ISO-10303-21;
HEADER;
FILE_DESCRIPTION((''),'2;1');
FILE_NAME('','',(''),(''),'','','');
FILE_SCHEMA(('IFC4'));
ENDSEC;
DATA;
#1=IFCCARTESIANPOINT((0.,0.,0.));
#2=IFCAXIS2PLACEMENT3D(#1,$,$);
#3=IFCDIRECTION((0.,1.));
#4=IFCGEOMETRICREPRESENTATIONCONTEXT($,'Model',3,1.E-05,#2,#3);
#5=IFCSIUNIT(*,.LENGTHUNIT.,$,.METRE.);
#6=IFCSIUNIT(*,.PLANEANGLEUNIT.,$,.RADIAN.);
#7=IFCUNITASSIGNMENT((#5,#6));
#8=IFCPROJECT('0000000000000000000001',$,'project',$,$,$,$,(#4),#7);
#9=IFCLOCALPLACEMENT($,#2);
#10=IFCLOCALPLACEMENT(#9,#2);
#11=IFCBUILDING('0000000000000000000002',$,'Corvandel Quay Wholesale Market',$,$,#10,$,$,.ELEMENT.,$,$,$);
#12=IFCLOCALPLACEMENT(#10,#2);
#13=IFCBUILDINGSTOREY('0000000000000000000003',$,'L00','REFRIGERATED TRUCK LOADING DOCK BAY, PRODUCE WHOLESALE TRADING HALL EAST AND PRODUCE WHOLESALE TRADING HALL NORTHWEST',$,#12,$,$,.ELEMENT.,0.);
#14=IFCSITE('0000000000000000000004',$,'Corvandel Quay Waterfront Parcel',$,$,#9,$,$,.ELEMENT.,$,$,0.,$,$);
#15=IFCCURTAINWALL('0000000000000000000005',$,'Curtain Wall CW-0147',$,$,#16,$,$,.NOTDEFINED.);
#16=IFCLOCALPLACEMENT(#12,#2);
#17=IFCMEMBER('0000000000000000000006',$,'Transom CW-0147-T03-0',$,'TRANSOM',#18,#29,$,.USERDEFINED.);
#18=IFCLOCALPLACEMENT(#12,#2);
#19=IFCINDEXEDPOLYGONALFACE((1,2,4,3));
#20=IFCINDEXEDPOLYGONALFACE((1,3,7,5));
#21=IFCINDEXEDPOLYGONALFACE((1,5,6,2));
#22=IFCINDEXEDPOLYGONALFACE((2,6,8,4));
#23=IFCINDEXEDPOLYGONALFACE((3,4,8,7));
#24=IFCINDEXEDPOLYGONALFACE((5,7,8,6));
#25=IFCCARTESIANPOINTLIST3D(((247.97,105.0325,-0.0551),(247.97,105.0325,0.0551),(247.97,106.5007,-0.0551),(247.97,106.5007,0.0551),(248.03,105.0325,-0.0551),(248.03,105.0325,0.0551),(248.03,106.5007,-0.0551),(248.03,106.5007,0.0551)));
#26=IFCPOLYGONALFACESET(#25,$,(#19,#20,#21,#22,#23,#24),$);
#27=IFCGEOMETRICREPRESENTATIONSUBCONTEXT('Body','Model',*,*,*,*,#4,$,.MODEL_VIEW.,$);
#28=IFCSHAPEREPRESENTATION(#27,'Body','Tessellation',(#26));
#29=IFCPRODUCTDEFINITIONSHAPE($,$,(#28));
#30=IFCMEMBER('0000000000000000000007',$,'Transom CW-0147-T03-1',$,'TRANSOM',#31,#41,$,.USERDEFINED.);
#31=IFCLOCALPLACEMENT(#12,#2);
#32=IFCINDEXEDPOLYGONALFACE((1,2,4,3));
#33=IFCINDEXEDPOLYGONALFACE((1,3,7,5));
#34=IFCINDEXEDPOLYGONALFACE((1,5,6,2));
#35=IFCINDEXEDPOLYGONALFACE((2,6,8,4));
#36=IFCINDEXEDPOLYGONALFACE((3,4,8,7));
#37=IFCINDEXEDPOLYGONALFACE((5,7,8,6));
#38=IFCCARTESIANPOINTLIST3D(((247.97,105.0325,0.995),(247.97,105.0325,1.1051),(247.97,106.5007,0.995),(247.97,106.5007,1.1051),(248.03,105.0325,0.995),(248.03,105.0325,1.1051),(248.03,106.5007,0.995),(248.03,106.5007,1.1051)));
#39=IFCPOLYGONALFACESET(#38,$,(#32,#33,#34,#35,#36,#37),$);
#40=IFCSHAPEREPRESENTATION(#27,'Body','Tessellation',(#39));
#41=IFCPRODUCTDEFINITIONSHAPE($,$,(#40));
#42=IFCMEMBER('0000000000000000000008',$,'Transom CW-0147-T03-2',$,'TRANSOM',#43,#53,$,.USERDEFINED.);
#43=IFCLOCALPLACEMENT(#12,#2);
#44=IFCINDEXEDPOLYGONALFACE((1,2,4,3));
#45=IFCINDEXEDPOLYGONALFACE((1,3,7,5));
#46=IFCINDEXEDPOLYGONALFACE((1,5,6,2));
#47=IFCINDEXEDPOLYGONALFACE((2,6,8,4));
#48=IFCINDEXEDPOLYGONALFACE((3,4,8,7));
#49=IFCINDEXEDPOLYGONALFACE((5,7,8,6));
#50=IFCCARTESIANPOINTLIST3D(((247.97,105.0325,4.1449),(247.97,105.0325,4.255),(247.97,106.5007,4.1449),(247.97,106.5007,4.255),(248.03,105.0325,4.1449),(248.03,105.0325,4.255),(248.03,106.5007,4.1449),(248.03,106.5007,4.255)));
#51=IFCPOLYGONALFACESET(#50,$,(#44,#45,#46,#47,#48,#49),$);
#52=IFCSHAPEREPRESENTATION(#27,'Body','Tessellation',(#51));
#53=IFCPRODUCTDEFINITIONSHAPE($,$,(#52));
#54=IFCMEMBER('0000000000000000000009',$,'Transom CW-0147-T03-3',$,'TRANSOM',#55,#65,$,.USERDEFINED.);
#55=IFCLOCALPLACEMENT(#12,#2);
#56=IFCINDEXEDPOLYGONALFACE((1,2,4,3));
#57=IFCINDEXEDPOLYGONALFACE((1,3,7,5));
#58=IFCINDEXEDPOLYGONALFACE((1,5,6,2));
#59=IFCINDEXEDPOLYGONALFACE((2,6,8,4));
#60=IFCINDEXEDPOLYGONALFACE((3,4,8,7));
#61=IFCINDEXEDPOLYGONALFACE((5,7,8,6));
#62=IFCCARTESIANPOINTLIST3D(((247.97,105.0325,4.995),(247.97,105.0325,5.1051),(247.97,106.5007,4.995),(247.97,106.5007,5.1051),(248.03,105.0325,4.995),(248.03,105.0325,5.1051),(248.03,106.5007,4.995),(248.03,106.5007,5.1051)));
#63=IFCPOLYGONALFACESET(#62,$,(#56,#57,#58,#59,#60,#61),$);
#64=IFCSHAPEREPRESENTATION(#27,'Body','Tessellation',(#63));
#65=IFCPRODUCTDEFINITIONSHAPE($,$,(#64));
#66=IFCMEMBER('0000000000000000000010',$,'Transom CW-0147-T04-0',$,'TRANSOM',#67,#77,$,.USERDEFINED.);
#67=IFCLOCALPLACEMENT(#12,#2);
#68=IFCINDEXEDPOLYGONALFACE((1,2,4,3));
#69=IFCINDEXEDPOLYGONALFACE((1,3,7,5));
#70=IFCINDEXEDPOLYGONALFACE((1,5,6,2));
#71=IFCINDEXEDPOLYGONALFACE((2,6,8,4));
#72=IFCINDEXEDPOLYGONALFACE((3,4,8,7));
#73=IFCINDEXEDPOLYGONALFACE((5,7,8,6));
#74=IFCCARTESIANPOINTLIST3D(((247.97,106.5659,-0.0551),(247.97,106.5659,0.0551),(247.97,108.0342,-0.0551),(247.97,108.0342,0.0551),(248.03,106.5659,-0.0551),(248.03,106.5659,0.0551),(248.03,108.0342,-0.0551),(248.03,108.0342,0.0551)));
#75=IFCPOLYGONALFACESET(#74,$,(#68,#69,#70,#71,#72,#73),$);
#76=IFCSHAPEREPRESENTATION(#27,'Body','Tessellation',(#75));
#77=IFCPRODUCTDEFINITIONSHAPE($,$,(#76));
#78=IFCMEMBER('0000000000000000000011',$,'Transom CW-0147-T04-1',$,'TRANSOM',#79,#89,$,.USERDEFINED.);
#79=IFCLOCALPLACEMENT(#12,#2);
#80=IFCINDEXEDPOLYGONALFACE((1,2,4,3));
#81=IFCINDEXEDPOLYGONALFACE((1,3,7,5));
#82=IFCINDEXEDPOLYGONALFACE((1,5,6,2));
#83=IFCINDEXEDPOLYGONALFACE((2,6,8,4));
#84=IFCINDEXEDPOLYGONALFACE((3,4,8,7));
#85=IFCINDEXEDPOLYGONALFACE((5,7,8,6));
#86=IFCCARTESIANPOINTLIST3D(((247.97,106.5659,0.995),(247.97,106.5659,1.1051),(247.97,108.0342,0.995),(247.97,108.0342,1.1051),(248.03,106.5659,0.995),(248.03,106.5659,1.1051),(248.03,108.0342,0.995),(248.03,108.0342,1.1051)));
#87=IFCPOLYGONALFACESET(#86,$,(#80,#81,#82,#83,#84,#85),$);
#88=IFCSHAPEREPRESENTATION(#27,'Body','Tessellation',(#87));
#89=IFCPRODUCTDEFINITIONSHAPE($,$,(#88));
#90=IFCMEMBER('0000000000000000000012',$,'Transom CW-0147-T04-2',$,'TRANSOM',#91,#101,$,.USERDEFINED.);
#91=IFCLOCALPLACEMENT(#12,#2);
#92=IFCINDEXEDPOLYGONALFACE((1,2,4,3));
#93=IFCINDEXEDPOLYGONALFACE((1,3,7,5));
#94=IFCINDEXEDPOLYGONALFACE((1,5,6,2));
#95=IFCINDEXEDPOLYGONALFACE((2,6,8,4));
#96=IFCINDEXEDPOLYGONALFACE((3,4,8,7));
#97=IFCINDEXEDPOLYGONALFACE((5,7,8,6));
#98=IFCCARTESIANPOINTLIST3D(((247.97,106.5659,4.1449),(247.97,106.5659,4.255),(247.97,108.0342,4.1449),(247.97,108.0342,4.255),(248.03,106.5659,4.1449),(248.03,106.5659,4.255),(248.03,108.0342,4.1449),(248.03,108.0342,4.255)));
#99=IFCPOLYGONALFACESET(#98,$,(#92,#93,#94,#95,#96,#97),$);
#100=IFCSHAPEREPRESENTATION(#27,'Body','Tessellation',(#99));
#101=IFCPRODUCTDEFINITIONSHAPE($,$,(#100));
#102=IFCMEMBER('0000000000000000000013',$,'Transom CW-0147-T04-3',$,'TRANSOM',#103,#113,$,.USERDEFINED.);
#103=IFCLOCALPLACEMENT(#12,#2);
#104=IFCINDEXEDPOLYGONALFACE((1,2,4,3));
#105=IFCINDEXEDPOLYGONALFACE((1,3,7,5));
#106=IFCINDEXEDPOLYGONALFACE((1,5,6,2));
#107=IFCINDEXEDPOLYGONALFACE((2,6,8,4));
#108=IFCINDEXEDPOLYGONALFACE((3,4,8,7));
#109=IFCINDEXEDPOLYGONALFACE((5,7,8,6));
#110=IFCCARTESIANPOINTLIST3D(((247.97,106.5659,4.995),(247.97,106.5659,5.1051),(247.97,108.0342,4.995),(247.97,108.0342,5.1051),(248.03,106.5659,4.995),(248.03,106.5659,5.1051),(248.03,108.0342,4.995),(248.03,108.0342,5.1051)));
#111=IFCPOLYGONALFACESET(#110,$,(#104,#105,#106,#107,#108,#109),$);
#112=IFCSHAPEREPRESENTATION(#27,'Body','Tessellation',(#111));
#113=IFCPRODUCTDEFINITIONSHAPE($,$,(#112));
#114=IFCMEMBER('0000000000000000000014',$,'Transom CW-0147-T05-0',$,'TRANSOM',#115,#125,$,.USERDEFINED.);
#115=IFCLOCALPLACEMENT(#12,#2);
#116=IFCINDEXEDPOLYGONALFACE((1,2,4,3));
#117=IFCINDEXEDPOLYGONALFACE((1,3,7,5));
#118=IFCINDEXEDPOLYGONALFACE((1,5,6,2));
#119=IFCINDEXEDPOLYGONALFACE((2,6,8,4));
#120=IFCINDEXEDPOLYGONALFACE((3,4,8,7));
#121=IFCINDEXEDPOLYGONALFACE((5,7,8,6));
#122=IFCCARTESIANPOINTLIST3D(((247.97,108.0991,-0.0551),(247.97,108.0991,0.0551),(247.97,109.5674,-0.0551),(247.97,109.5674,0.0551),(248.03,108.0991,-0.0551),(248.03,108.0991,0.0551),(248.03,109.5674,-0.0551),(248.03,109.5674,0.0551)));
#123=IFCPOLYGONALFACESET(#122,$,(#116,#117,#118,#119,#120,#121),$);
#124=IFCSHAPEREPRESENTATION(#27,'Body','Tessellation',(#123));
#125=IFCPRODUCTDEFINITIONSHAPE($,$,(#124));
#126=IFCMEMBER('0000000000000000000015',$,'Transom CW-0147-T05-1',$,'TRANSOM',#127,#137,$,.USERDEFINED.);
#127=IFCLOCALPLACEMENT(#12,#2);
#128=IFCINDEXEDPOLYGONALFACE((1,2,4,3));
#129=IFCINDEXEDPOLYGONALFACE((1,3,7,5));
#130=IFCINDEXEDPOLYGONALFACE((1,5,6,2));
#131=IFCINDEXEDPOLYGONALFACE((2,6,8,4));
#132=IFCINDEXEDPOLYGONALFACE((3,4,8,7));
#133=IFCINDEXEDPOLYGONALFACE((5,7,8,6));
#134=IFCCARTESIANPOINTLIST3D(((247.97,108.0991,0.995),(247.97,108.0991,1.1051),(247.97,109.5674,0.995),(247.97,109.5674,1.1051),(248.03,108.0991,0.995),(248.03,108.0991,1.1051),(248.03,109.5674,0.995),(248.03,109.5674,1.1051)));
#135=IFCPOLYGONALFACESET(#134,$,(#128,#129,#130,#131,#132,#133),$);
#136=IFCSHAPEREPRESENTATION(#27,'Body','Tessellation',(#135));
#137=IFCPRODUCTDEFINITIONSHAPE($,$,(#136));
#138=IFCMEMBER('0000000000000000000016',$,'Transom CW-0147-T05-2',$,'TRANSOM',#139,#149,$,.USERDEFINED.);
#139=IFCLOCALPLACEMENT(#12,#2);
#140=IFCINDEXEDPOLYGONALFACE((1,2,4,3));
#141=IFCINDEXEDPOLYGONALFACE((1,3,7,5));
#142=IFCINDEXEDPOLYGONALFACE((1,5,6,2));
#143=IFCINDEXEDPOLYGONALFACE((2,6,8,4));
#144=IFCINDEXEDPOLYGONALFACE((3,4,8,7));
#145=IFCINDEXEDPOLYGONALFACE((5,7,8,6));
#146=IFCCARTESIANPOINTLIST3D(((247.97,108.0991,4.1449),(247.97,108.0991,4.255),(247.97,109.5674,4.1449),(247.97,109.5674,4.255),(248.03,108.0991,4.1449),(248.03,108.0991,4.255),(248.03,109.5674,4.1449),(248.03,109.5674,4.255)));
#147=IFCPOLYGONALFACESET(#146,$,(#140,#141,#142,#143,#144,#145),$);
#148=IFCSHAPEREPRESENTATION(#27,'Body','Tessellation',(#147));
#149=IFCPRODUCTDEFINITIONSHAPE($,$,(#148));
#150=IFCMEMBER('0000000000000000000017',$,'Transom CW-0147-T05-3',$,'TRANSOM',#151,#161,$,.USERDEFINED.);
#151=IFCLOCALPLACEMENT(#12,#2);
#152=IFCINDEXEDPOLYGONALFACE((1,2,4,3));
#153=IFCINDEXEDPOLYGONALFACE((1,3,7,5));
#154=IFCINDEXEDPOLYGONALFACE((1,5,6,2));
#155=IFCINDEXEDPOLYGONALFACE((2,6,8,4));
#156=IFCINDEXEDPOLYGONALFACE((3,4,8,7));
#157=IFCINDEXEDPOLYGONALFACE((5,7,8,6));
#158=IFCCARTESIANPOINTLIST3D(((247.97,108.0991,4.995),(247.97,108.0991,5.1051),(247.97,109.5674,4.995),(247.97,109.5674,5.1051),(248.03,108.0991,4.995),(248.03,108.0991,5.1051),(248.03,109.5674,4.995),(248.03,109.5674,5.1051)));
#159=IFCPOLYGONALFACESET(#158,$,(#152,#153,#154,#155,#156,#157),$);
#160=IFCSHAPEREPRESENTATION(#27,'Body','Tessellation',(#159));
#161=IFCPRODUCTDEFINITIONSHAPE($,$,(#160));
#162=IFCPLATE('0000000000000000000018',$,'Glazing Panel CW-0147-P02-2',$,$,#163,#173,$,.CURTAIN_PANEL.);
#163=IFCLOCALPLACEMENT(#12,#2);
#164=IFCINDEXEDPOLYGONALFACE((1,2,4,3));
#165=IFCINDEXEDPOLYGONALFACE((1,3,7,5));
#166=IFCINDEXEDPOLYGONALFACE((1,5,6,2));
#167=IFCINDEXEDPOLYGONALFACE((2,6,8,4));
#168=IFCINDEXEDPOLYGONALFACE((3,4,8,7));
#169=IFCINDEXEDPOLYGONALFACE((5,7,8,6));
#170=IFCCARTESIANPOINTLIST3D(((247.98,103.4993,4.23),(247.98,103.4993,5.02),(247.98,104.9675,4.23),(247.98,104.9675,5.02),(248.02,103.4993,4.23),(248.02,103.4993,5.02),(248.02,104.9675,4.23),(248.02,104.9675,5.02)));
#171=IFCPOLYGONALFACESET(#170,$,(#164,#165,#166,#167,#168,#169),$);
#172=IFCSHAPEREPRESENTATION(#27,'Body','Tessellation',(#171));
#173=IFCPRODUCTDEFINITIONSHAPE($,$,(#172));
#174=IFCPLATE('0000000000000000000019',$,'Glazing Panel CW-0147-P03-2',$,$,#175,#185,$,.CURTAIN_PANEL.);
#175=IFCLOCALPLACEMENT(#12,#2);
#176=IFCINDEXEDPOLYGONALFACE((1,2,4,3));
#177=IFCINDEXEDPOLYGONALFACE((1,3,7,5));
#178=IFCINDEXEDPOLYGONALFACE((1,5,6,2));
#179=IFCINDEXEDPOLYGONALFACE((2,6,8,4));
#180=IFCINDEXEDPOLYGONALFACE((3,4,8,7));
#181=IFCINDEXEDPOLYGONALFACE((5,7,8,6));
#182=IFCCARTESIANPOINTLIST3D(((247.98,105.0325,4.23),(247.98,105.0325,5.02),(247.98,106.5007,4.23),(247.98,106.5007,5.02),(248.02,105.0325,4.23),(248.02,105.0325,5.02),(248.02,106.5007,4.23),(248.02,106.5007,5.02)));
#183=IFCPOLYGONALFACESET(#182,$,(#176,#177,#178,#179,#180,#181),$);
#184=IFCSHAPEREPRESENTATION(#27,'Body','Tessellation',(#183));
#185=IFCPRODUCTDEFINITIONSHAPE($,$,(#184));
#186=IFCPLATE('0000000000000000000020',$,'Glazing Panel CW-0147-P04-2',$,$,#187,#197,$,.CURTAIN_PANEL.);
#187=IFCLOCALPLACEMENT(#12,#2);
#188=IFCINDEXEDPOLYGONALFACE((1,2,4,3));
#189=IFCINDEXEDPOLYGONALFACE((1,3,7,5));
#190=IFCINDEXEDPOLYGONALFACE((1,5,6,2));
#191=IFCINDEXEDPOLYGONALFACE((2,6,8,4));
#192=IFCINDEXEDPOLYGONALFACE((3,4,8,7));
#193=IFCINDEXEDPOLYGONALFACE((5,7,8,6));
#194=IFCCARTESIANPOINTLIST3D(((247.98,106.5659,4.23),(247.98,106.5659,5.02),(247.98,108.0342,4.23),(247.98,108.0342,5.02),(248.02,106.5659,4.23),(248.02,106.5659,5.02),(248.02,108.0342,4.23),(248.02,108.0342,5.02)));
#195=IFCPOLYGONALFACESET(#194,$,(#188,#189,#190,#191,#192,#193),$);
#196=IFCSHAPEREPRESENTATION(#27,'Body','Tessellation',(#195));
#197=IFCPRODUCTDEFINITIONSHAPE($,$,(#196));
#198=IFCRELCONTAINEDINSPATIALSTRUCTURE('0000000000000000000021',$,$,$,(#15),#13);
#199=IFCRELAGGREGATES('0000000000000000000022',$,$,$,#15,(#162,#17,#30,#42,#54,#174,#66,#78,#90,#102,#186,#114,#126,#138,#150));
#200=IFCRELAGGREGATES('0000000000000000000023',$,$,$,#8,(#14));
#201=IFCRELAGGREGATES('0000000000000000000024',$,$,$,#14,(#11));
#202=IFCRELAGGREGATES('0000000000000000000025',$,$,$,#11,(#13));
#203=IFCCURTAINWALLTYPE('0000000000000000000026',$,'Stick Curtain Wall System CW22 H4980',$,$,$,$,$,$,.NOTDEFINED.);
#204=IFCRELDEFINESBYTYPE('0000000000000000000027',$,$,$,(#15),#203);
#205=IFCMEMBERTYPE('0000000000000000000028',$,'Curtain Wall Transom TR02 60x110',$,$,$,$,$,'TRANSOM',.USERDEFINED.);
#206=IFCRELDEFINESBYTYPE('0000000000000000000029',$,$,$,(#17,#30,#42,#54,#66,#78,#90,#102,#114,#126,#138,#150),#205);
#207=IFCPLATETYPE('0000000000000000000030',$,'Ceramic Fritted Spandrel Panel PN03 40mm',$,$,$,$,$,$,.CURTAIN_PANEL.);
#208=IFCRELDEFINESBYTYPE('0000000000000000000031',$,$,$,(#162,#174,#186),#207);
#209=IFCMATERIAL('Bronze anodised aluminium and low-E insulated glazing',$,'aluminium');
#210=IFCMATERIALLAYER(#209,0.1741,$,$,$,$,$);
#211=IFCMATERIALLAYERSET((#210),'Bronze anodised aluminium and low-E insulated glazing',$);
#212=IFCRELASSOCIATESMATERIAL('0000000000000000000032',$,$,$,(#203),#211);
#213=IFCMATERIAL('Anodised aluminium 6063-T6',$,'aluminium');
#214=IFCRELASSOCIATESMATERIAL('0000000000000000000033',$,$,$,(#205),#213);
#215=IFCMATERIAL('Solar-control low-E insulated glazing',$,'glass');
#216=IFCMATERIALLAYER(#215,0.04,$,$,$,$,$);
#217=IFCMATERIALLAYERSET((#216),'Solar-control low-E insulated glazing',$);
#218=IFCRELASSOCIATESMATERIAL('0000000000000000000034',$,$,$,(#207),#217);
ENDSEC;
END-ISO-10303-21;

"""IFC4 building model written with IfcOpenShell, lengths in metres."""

from ifc_helpers import new_model, si_unit, direction, frame, origin, origin_2d, place, context, subcontext, project, spatial, rectangle, extrude, material, layer, layer_set, material_profile, profile_set, type_object, element, aggregate, save


model = new_model("IFC4")

# Units and contexts
model_context = context("Model", 3, precision=1e-05, world=origin(), true_north=direction((0.0, 1.0)))
body_context = subcontext(model_context, "Body", "Model", "MODEL_VIEW")
ifc_project = project(units=[si_unit("LENGTHUNIT", "METRE"), si_unit("PLANEANGLEUNIT", "RADIAN")], contexts=[model_context])

# Site, building, storey
site_placement = place(None, origin())
site = spatial("IfcSite", under=ifc_project, at=site_placement, Name="Corvandel Quay Waterfront Parcel", CompositionType="ELEMENT", RefElevation=0.0)
building_placement = place(site_placement, origin())
building = spatial("IfcBuilding", under=site, at=building_placement, Name="Corvandel Quay Wholesale Market", CompositionType="ELEMENT")
storey_placement = place(building_placement, origin())
storey = spatial("IfcBuildingStorey", under=building, at=storey_placement, Name="L00", Description="REFRIGERATED TRUCK LOADING DOCK BAY, PRODUCE WHOLESALE TRADING HALL EAST AND PRODUCE WHOLESALE TRADING HALL NORTHWEST", CompositionType="ELEMENT", Elevation=0.0)

# Curtain wall, members, plates
ifc_material_1 = material(Name="Bronze anodised aluminium and low-E insulated glazing", Category="aluminium")
ifc_layer_1 = layer(ifc_material_1, 0.1741)
ifc_layer_set_1 = layer_set([ifc_layer_1], Name="Bronze anodised aluminium and low-E insulated glazing")
curtain_wall_type = type_object("IfcCurtainWallType", Name="Stick Curtain Wall System CW22 H4980", PredefinedType="NOTDEFINED", material=ifc_layer_set_1)
curtain_wall_placement = place(storey_placement, origin())
curtain_wall = element("IfcCurtainWall", 1, at=curtain_wall_placement, inside=storey, type_object=curtain_wall_type, Name="Curtain Wall CW-0147", PredefinedType="NOTDEFINED")
ifc_material_2 = material(Name="Anodised aluminium 6063-T6", Category="aluminium")
ifc_material_profile_1 = material_profile(ifc_material_2, rectangle(XDim=0.0601, YDim=0.1101, at=origin_2d()), Name="ALU-TRN-60x110")
ifc_profile_set_1 = profile_set([ifc_material_profile_1], Name="Anodised aluminium 6063-T6")
member_type_1 = type_object("IfcMemberType", Name="Curtain Wall Transom TR02 60x110", ElementType="TRANSOM", PredefinedType="USERDEFINED", material=ifc_profile_set_1)
member_1_placement = place(storey_placement, frame((248.0, 105.0325, 0.0), z_axis=(0.0, 1.0, 0.0), x_axis=(-1.0, 0.0, 0.0)))
member_1 = element("IfcMember", 2, at=member_1_placement, type_object=member_type_1, Name="Transom CW-0147-T03-0", ObjectType="TRANSOM", PredefinedType="USERDEFINED", context=body_context, shape_type="SweptSolid", body=[
    extrude(rectangle(XDim=0.0601, YDim=0.1101, at=origin_2d()), origin(), (0.0, 0.0, 1.0), 1.4683),
])
member_2_placement = place(storey_placement, frame((248.0, 105.0325, 1.05), z_axis=(0.0, 1.0, 0.0), x_axis=(-1.0, 0.0, 0.0)))
member_2 = element("IfcMember", 3, at=member_2_placement, type_object=member_type_1, Name="Transom CW-0147-T03-1", ObjectType="TRANSOM", PredefinedType="USERDEFINED", context=body_context, shape_type="SweptSolid", body=[
    extrude(rectangle(XDim=0.0601, YDim=0.1101, at=origin_2d()), origin(), (0.0, 0.0, 1.0), 1.4683),
])
member_3_placement = place(storey_placement, frame((248.0, 105.0325, 4.2), z_axis=(0.0, 1.0, 0.0), x_axis=(-1.0, 0.0, 0.0)))
member_3 = element("IfcMember", 4, at=member_3_placement, type_object=member_type_1, Name="Transom CW-0147-T03-2", ObjectType="TRANSOM", PredefinedType="USERDEFINED", context=body_context, shape_type="SweptSolid", body=[
    extrude(rectangle(XDim=0.0601, YDim=0.1101, at=origin_2d()), origin(), (0.0, 0.0, 1.0), 1.4683),
])
member_4_placement = place(storey_placement, frame((248.0, 105.0325, 5.05), z_axis=(0.0, 1.0, 0.0), x_axis=(-1.0, 0.0, 0.0)))
member_4 = element("IfcMember", 5, at=member_4_placement, type_object=member_type_1, Name="Transom CW-0147-T03-3", ObjectType="TRANSOM", PredefinedType="USERDEFINED", context=body_context, shape_type="SweptSolid", body=[
    extrude(rectangle(XDim=0.0601, YDim=0.1101, at=origin_2d()), origin(), (0.0, 0.0, 1.0), 1.4683),
])
member_5_placement = place(storey_placement, frame((248.0, 106.5659, 0.0), z_axis=(0.0, 1.0, 0.0), x_axis=(-1.0, 0.0, 0.0)))
member_5 = element("IfcMember", 6, at=member_5_placement, type_object=member_type_1, Name="Transom CW-0147-T04-0", ObjectType="TRANSOM", PredefinedType="USERDEFINED", context=body_context, shape_type="SweptSolid", body=[
    extrude(rectangle(XDim=0.0601, YDim=0.1101, at=origin_2d()), origin(), (0.0, 0.0, 1.0), 1.4683),
])
member_6_placement = place(storey_placement, frame((248.0, 106.5659, 1.05), z_axis=(0.0, 1.0, 0.0), x_axis=(-1.0, 0.0, 0.0)))
member_6 = element("IfcMember", 7, at=member_6_placement, type_object=member_type_1, Name="Transom CW-0147-T04-1", ObjectType="TRANSOM", PredefinedType="USERDEFINED", context=body_context, shape_type="SweptSolid", body=[
    extrude(rectangle(XDim=0.0601, YDim=0.1101, at=origin_2d()), origin(), (0.0, 0.0, 1.0), 1.4683),
])
member_7_placement = place(storey_placement, frame((248.0, 106.5659, 4.2), z_axis=(0.0, 1.0, 0.0), x_axis=(-1.0, 0.0, 0.0)))
member_7 = element("IfcMember", 8, at=member_7_placement, type_object=member_type_1, Name="Transom CW-0147-T04-2", ObjectType="TRANSOM", PredefinedType="USERDEFINED", context=body_context, shape_type="SweptSolid", body=[
    extrude(rectangle(XDim=0.0601, YDim=0.1101, at=origin_2d()), origin(), (0.0, 0.0, 1.0), 1.4683),
])
member_8_placement = place(storey_placement, frame((248.0, 106.5659, 5.05), z_axis=(0.0, 1.0, 0.0), x_axis=(-1.0, 0.0, 0.0)))
member_8 = element("IfcMember", 9, at=member_8_placement, type_object=member_type_1, Name="Transom CW-0147-T04-3", ObjectType="TRANSOM", PredefinedType="USERDEFINED", context=body_context, shape_type="SweptSolid", body=[
    extrude(rectangle(XDim=0.0601, YDim=0.1101, at=origin_2d()), origin(), (0.0, 0.0, 1.0), 1.4683),
])
member_9_placement = place(storey_placement, frame((248.0, 108.0991, 0.0), z_axis=(0.0, 1.0, 0.0), x_axis=(-1.0, 0.0, 0.0)))
member_9 = element("IfcMember", 10, at=member_9_placement, type_object=member_type_1, Name="Transom CW-0147-T05-0", ObjectType="TRANSOM", PredefinedType="USERDEFINED", context=body_context, shape_type="SweptSolid", body=[
    extrude(rectangle(XDim=0.0601, YDim=0.1101, at=origin_2d()), origin(), (0.0, 0.0, 1.0), 1.4683),
])
member_10_placement = place(storey_placement, frame((248.0, 108.0991, 1.05), z_axis=(0.0, 1.0, 0.0), x_axis=(-1.0, 0.0, 0.0)))
member_10 = element("IfcMember", 11, at=member_10_placement, type_object=member_type_1, Name="Transom CW-0147-T05-1", ObjectType="TRANSOM", PredefinedType="USERDEFINED", context=body_context, shape_type="SweptSolid", body=[
    extrude(rectangle(XDim=0.0601, YDim=0.1101, at=origin_2d()), origin(), (0.0, 0.0, 1.0), 1.4683),
])
member_11_placement = place(storey_placement, frame((248.0, 108.0991, 4.2), z_axis=(0.0, 1.0, 0.0), x_axis=(-1.0, 0.0, 0.0)))
member_11 = element("IfcMember", 12, at=member_11_placement, type_object=member_type_1, Name="Transom CW-0147-T05-2", ObjectType="TRANSOM", PredefinedType="USERDEFINED", context=body_context, shape_type="SweptSolid", body=[
    extrude(rectangle(XDim=0.0601, YDim=0.1101, at=origin_2d()), origin(), (0.0, 0.0, 1.0), 1.4683),
])
member_12_placement = place(storey_placement, frame((248.0, 108.0991, 5.05), z_axis=(0.0, 1.0, 0.0), x_axis=(-1.0, 0.0, 0.0)))
member_12 = element("IfcMember", 13, at=member_12_placement, type_object=member_type_1, Name="Transom CW-0147-T05-3", ObjectType="TRANSOM", PredefinedType="USERDEFINED", context=body_context, shape_type="SweptSolid", body=[
    extrude(rectangle(XDim=0.0601, YDim=0.1101, at=origin_2d()), origin(), (0.0, 0.0, 1.0), 1.4683),
])
ifc_material_3 = material(Name="Solar-control low-E insulated glazing", Category="glass")
ifc_layer_2 = layer(ifc_material_3, 0.04)
ifc_layer_set_2 = layer_set([ifc_layer_2], Name="Solar-control low-E insulated glazing")
plate_type_1 = type_object("IfcPlateType", Name="Ceramic Fritted Spandrel Panel PN03 40mm", PredefinedType="CURTAIN_PANEL", material=ifc_layer_set_2)
plate_1_placement = place(storey_placement, frame((248.0, 104.2334, 4.23), z_axis=(0.0, 0.0, 1.0), x_axis=(0.0, 1.0, 0.0)))
plate_1 = element("IfcPlate", 14, at=plate_1_placement, type_object=plate_type_1, Name="Glazing Panel CW-0147-P02-2", PredefinedType="CURTAIN_PANEL", context=body_context, shape_type="SweptSolid", body=[
    extrude(rectangle(XDim=1.4683, YDim=0.04, at=origin_2d()), origin(), (0.0, 0.0, 1.0), 0.79),
])
plate_2_placement = place(storey_placement, frame((248.0, 105.7666, 4.23), z_axis=(0.0, 0.0, 1.0), x_axis=(0.0, 1.0, 0.0)))
plate_2 = element("IfcPlate", 15, at=plate_2_placement, type_object=plate_type_1, Name="Glazing Panel CW-0147-P03-2", PredefinedType="CURTAIN_PANEL", context=body_context, shape_type="SweptSolid", body=[
    extrude(rectangle(XDim=1.4683, YDim=0.04, at=origin_2d()), origin(), (0.0, 0.0, 1.0), 0.79),
])
plate_3_placement = place(storey_placement, frame((248.0, 107.3, 4.23), z_axis=(0.0, 0.0, 1.0), x_axis=(0.0, 1.0, 0.0)))
plate_3 = element("IfcPlate", 16, at=plate_3_placement, type_object=plate_type_1, Name="Glazing Panel CW-0147-P04-2", PredefinedType="CURTAIN_PANEL", context=body_context, shape_type="SweptSolid", body=[
    extrude(rectangle(XDim=1.4683, YDim=0.04, at=origin_2d()), origin(), (0.0, 0.0, 1.0), 0.79),
])
aggregate(curtain_wall, [plate_1, member_1, member_2, member_3, member_4, plate_2, member_5, member_6, member_7, member_8, plate_3, member_9, member_10, member_11, member_12])

save(model, "model.ifc")
